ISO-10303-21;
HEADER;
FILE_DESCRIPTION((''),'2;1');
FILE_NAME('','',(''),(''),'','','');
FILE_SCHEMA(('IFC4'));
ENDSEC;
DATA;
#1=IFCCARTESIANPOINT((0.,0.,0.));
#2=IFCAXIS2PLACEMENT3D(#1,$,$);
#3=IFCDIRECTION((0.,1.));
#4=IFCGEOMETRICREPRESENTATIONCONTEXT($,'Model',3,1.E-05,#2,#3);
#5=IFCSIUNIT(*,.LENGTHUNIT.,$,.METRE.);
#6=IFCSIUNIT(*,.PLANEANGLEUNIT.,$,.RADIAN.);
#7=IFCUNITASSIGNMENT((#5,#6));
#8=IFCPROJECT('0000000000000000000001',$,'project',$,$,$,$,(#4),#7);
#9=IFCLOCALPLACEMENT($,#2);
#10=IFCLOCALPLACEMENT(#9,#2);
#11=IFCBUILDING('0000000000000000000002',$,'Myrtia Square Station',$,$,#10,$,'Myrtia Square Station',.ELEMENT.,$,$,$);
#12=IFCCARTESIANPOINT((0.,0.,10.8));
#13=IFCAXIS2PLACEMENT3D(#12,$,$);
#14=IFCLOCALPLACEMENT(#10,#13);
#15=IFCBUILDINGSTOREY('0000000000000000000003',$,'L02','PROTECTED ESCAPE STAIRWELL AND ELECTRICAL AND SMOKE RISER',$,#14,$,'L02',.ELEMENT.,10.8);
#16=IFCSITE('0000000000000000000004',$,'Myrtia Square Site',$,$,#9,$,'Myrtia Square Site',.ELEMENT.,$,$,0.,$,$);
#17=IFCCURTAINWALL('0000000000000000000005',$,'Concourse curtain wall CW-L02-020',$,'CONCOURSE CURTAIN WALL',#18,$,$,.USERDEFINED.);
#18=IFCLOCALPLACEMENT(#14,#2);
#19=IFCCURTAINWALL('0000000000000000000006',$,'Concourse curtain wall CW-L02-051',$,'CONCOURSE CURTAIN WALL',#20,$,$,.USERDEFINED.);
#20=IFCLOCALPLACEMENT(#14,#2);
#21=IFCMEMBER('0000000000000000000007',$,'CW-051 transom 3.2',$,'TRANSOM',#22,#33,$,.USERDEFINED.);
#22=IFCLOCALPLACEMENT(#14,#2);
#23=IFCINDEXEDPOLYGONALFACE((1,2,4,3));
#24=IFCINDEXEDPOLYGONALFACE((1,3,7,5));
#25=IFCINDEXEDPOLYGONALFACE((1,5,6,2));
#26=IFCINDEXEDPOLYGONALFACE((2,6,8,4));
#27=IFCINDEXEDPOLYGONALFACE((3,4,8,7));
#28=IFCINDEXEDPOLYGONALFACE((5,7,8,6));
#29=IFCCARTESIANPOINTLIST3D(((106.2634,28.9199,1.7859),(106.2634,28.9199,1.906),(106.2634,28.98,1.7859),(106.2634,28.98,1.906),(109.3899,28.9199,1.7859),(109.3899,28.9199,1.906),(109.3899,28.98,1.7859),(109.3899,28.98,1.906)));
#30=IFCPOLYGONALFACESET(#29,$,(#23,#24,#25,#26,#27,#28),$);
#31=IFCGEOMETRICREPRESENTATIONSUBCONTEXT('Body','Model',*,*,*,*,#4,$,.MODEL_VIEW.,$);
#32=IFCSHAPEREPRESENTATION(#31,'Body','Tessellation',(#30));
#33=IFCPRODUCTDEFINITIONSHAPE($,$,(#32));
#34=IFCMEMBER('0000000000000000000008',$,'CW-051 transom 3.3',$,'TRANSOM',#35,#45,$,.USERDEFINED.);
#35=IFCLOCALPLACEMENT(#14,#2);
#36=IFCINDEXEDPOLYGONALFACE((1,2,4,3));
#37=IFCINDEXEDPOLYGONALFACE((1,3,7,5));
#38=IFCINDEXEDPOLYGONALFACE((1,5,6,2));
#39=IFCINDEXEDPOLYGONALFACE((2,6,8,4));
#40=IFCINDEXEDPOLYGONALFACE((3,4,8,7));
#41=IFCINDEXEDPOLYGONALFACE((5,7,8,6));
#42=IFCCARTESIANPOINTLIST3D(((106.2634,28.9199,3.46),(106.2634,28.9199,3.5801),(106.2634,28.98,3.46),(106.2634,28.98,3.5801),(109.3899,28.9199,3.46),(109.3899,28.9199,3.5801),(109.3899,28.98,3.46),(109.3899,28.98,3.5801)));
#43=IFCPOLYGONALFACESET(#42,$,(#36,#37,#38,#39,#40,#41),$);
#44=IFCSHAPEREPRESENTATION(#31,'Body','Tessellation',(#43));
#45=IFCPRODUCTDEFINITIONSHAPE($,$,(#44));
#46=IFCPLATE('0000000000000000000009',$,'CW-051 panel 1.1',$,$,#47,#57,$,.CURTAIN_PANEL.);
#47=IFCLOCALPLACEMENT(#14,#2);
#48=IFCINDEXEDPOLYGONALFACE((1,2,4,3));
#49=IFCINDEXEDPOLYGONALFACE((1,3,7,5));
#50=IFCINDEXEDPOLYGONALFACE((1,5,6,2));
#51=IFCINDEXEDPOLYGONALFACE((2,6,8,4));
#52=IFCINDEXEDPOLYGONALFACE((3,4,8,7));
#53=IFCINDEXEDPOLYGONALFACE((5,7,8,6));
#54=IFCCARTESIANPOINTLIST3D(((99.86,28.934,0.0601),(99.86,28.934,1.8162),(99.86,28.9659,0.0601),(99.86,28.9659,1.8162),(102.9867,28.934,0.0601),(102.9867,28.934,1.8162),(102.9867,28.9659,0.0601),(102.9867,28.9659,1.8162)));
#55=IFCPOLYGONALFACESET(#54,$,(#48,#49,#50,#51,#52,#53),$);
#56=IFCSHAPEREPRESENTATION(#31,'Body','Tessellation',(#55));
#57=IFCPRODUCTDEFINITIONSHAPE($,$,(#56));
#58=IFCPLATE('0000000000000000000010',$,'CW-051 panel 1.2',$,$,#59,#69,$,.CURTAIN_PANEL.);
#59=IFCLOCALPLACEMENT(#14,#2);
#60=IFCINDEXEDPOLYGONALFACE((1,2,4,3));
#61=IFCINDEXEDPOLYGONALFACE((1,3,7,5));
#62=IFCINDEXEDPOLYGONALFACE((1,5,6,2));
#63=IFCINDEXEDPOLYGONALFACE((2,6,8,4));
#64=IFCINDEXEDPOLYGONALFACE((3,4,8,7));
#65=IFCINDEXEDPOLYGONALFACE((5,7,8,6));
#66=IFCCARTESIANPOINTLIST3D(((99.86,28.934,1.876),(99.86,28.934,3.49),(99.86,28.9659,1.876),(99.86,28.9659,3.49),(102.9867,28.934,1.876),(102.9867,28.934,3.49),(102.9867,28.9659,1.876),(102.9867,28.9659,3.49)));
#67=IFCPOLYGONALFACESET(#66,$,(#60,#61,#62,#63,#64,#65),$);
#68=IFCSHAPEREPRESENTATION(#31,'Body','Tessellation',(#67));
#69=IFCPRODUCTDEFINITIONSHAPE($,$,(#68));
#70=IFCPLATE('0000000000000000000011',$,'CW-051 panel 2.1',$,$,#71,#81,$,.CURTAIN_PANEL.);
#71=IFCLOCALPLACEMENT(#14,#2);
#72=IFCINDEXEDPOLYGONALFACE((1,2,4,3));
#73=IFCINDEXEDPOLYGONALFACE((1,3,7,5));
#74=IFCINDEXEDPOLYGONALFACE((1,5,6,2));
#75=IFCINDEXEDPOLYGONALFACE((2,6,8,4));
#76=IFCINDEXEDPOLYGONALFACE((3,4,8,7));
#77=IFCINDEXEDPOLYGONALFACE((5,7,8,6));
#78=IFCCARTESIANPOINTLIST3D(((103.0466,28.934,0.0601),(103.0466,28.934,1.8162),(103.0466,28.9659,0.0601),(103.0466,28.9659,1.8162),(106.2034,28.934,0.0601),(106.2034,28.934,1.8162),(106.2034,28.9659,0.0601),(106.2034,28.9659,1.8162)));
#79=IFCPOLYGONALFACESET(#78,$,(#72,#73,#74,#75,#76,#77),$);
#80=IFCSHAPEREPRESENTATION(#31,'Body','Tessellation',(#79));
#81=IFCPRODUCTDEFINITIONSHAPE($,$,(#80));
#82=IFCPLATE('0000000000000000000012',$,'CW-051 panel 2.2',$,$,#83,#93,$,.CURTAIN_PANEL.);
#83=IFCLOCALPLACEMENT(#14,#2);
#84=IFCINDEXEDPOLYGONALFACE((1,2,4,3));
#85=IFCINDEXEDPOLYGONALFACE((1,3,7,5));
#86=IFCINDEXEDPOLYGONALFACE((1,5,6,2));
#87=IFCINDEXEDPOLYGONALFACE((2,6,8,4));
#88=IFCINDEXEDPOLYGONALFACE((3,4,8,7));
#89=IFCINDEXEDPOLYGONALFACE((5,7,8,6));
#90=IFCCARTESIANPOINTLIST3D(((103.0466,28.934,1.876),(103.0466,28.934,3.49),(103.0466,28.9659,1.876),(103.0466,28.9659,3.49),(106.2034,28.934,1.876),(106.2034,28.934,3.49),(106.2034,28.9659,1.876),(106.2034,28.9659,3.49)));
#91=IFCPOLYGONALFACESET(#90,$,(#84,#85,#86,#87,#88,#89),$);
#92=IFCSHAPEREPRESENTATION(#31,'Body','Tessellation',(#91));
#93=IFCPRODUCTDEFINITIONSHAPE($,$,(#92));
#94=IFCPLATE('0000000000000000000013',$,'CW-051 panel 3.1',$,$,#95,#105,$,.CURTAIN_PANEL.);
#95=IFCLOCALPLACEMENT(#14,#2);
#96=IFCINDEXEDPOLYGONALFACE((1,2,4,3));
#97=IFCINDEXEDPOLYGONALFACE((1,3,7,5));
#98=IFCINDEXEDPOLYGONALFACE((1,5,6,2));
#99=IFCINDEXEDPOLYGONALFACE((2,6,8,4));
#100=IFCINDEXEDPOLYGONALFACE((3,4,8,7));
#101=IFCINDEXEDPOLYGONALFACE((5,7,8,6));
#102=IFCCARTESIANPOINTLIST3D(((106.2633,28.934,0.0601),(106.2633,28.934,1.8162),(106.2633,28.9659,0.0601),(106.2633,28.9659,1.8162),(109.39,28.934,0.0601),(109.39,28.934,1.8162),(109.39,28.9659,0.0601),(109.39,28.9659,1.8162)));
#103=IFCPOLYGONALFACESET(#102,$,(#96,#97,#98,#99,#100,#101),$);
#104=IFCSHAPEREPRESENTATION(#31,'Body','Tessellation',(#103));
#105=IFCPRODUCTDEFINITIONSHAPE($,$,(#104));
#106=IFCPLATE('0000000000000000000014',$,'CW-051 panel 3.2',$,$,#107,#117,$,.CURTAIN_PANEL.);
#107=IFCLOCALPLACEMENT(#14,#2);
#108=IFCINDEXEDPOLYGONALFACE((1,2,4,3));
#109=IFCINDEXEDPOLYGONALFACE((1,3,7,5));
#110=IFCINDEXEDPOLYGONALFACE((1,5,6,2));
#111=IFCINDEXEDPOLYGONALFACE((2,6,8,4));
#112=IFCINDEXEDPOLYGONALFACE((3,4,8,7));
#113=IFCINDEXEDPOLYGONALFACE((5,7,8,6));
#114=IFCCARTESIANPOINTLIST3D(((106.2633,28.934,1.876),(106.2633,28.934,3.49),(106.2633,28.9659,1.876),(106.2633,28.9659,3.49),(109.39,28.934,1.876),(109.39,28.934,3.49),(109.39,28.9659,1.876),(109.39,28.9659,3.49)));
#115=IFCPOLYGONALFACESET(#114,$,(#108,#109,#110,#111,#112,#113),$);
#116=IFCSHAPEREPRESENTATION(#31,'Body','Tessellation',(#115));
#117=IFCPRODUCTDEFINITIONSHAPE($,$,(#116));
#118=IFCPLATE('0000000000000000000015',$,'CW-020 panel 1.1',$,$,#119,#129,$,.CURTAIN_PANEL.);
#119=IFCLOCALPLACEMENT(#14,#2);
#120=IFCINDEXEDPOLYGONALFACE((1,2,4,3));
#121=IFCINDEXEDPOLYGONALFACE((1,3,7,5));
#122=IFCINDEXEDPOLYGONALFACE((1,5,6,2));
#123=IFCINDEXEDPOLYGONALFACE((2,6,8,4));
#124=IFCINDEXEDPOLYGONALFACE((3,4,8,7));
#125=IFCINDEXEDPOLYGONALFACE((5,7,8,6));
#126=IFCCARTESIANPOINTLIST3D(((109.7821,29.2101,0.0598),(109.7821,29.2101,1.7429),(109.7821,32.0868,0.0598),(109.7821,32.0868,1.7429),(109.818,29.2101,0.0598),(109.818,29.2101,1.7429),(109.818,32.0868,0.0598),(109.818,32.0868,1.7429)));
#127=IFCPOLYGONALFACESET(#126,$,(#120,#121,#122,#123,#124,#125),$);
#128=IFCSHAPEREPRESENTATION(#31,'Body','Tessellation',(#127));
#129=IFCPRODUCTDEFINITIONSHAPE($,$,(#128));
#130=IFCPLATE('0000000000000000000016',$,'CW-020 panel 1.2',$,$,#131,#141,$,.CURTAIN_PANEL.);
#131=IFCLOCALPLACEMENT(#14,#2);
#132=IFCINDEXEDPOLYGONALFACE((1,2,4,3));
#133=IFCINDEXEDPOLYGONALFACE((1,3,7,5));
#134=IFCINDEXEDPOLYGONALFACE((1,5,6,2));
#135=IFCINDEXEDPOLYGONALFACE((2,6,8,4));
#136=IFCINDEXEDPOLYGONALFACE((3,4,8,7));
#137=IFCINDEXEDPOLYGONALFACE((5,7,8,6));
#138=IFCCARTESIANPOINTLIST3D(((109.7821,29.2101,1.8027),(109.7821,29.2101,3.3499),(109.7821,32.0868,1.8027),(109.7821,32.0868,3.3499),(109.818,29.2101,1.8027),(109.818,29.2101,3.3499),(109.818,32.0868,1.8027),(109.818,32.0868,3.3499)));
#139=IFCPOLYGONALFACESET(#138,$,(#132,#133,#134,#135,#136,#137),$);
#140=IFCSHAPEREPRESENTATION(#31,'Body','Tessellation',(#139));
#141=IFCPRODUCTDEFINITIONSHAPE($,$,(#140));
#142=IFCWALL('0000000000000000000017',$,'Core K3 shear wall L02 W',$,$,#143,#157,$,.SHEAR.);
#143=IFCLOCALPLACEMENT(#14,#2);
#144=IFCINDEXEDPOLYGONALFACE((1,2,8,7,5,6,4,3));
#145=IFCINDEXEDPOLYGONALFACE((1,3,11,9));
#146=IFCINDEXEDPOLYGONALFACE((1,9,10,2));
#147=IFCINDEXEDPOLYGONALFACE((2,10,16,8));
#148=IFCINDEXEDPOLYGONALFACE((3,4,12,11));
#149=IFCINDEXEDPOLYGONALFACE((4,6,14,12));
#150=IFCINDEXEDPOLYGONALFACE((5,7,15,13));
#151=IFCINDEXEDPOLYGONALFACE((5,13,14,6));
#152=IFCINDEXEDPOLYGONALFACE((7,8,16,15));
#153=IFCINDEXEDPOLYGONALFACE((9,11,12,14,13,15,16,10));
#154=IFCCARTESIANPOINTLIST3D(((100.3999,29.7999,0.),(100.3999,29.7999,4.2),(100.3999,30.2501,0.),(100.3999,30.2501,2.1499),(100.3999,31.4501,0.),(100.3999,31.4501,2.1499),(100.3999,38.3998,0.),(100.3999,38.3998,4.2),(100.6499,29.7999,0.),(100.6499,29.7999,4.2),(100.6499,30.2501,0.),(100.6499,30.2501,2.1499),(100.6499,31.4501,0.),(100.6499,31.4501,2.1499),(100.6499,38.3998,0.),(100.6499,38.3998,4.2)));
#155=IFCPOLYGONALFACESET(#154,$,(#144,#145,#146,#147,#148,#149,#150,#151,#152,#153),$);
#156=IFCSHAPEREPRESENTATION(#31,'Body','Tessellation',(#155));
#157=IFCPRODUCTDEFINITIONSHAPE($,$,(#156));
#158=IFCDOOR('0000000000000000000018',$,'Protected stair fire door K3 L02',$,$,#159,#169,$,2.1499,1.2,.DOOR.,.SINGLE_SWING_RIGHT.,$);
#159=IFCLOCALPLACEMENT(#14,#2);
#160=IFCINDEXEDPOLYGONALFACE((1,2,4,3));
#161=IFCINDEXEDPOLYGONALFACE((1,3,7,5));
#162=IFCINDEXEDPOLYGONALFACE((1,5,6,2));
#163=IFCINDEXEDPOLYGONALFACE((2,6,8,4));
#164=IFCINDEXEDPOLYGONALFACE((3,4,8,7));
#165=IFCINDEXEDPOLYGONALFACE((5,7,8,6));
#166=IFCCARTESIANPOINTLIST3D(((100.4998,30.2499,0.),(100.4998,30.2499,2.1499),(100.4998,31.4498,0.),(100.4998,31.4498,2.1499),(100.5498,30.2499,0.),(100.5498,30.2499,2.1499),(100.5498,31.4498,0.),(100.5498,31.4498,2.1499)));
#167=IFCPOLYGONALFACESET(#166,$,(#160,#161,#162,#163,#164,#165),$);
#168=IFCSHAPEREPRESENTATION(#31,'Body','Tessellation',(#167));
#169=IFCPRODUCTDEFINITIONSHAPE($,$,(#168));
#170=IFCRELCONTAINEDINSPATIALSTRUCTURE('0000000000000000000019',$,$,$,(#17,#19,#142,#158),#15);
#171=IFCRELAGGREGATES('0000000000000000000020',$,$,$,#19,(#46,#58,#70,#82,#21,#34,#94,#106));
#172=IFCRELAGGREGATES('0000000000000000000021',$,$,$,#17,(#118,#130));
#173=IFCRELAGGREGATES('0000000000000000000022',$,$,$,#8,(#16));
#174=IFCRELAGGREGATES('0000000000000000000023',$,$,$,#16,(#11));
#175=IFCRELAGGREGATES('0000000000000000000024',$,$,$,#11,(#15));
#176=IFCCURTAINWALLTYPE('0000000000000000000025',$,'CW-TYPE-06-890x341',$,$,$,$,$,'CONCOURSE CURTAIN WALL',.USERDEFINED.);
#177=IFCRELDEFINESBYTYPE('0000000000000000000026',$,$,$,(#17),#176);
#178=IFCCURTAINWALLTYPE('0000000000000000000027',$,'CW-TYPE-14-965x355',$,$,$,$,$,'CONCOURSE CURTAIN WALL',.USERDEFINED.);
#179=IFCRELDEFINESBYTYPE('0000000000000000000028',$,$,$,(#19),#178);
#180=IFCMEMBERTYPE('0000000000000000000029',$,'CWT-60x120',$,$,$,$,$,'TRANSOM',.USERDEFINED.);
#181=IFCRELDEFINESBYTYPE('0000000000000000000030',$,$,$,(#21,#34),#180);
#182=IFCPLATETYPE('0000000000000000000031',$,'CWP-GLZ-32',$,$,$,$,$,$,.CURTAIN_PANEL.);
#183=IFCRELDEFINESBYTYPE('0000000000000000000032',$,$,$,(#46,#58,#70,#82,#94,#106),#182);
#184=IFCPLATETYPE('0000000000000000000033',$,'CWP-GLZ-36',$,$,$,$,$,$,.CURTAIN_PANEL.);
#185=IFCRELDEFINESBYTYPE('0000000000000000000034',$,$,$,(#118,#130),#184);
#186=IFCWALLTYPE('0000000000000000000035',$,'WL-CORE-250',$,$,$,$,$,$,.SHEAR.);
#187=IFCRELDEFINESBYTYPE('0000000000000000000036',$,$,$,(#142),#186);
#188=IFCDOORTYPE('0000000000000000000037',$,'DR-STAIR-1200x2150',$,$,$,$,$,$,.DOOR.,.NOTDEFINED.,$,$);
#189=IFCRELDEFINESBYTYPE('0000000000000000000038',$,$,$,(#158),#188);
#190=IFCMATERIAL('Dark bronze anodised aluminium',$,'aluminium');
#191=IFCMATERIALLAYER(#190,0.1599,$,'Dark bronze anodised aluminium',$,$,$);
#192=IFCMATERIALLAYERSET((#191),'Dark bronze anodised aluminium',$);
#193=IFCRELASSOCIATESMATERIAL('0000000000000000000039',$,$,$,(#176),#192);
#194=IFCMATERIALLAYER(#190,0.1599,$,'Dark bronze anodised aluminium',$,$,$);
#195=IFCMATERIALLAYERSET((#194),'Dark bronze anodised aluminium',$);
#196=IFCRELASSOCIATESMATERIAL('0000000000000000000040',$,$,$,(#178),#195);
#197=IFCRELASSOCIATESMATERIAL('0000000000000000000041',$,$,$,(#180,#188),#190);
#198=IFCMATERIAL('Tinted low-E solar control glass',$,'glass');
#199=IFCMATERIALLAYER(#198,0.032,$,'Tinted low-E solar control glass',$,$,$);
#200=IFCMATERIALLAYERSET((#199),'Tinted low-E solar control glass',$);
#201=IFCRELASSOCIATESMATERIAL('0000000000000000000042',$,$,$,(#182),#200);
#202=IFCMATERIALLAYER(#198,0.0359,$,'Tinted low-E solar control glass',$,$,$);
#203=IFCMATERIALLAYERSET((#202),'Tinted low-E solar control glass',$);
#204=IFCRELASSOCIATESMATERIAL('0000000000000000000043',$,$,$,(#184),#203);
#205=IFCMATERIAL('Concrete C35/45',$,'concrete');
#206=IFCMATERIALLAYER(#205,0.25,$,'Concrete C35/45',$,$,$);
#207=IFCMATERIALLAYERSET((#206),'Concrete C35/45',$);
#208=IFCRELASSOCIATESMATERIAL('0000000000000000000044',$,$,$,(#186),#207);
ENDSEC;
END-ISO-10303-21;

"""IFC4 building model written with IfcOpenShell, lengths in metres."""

from ifc_helpers import new_model, si_unit, direction, frame, frame_2d, origin, origin_2d, place, context, subcontext, project, spatial, rectangle, extrude, material, layer, layer_set, material_profile, profile_set, type_object, element, fill, aggregate, save


model = new_model("IFC4")

# Units and contexts
model_context = context("Model", 3, precision=1e-05, world=origin(), true_north=direction((0.0, 1.0)))
body_context = subcontext(model_context, "Body", "Model", "MODEL_VIEW")
ifc_project = project(units=[si_unit("LENGTHUNIT", "METRE"), si_unit("PLANEANGLEUNIT", "RADIAN")], contexts=[model_context])

# Site, building, storey
site_placement = place(None, origin())
site = spatial("IfcSite", under=ifc_project, at=site_placement, Name="Myrtia Square Site", LongName="Myrtia Square Site", CompositionType="ELEMENT", RefElevation=0.0)
building_placement = place(site_placement, origin())
building = spatial("IfcBuilding", under=site, at=building_placement, Name="Myrtia Square Station", LongName="Myrtia Square Station", CompositionType="ELEMENT")
storey_placement = place(building_placement, frame((0.0, 0.0, 10.8)))
storey = spatial("IfcBuildingStorey", under=building, at=storey_placement, Name="L02", Description="PROTECTED ESCAPE STAIRWELL AND ELECTRICAL AND SMOKE RISER", LongName="L02", CompositionType="ELEMENT", Elevation=10.8)

# Curtain wall
ifc_material_1 = material(Name="Dark bronze anodised aluminium", Category="aluminium")
ifc_layer_1 = layer(ifc_material_1, 0.1599, Name="Dark bronze anodised aluminium")
ifc_layer_set_1 = layer_set([ifc_layer_1], Name="Dark bronze anodised aluminium")
curtain_wall_type_1 = type_object("IfcCurtainWallType", Name="CW-TYPE-06-890x341", ElementType="CONCOURSE CURTAIN WALL", PredefinedType="USERDEFINED", material=ifc_layer_set_1)
curtain_wall_1_placement = place(storey_placement, origin())
curtain_wall_1 = element("IfcCurtainWall", 1, at=curtain_wall_1_placement, inside=storey, type_object=curtain_wall_type_1, Name="Concourse curtain wall CW-L02-020", ObjectType="CONCOURSE CURTAIN WALL", PredefinedType="USERDEFINED")

# Curtain wall
ifc_layer_2 = layer(ifc_material_1, 0.1599, Name="Dark bronze anodised aluminium")
ifc_layer_set_2 = layer_set([ifc_layer_2], Name="Dark bronze anodised aluminium")
curtain_wall_type_2 = type_object("IfcCurtainWallType", Name="CW-TYPE-14-965x355", ElementType="CONCOURSE CURTAIN WALL", PredefinedType="USERDEFINED", material=ifc_layer_set_2)
curtain_wall_2_placement = place(storey_placement, origin())
curtain_wall_2 = element("IfcCurtainWall", 2, at=curtain_wall_2_placement, inside=storey, type_object=curtain_wall_type_2, Name="Concourse curtain wall CW-L02-051", ObjectType="CONCOURSE CURTAIN WALL", PredefinedType="USERDEFINED")

# Members
ifc_material_profile_1 = material_profile(ifc_material_1, rectangle(XDim=0.0601, YDim=0.1201, at=origin_2d()), Name="ALU-T 60x120")
ifc_profile_set_1 = profile_set([ifc_material_profile_1], Name="Dark bronze anodised aluminium")
member_type_1 = type_object("IfcMemberType", Name="CWT-60x120", ElementType="TRANSOM", PredefinedType="USERDEFINED", material=ifc_profile_set_1)
member_1_placement = place(storey_placement, frame((106.2634, 28.95, 1.8459), z_axis=(1.0, 0.0, 0.0), x_axis=(0.0, 1.0, 0.0)))
member_1 = element("IfcMember", 3, at=member_1_placement, type_object=member_type_1, Name="CW-051 transom 3.2", ObjectType="TRANSOM", PredefinedType="USERDEFINED", context=body_context, shape_type="SweptSolid", body=[
    extrude(rectangle(XDim=0.0601, YDim=0.1201, at=origin_2d()), origin(), (0.0, 0.0, 1.0), 3.1265),
])
member_2_placement = place(storey_placement, frame((106.2634, 28.95, 3.52), z_axis=(1.0, 0.0, 0.0), x_axis=(0.0, 1.0, 0.0)))
member_2 = element("IfcMember", 4, at=member_2_placement, type_object=member_type_1, Name="CW-051 transom 3.3", ObjectType="TRANSOM", PredefinedType="USERDEFINED", context=body_context, shape_type="SweptSolid", body=[
    extrude(rectangle(XDim=0.0601, YDim=0.1201, at=origin_2d()), origin(), (0.0, 0.0, 1.0), 3.1265),
])

# Plates
ifc_material_2 = material(Name="Tinted low-E solar control glass", Category="glass")
ifc_layer_3 = layer(ifc_material_2, 0.032, Name="Tinted low-E solar control glass")
ifc_layer_set_3 = layer_set([ifc_layer_3], Name="Tinted low-E solar control glass")
plate_type_1 = type_object("IfcPlateType", Name="CWP-GLZ-32", PredefinedType="CURTAIN_PANEL", material=ifc_layer_set_3)
plate_1_placement = place(storey_placement, frame((101.4233, 28.95, 0.0601), z_axis=(0.0, 0.0, 1.0), x_axis=(1.0, 0.0, 0.0)))
plate_1 = element("IfcPlate", 5, at=plate_1_placement, type_object=plate_type_1, Name="CW-051 panel 1.1", PredefinedType="CURTAIN_PANEL", context=body_context, shape_type="SweptSolid", body=[
    extrude(rectangle(XDim=3.1267, YDim=0.032, at=origin_2d()), origin(), (0.0, 0.0, 1.0), 1.7561),
])
plate_2_placement = place(storey_placement, frame((101.4233, 28.95, 1.876), z_axis=(0.0, 0.0, 1.0), x_axis=(1.0, 0.0, 0.0)))
plate_2 = element("IfcPlate", 6, at=plate_2_placement, type_object=plate_type_1, Name="CW-051 panel 1.2", PredefinedType="CURTAIN_PANEL", context=body_context, shape_type="SweptSolid", body=[
    extrude(rectangle(XDim=3.1267, YDim=0.032, at=origin_2d()), origin(), (0.0, 0.0, 1.0), 1.614),
])
plate_3_placement = place(storey_placement, frame((104.625, 28.95, 0.0601), z_axis=(0.0, 0.0, 1.0), x_axis=(1.0, 0.0, 0.0)))
plate_3 = element("IfcPlate", 7, at=plate_3_placement, type_object=plate_type_1, Name="CW-051 panel 2.1", PredefinedType="CURTAIN_PANEL", context=body_context, shape_type="SweptSolid", body=[
    extrude(rectangle(XDim=3.1567, YDim=0.032, at=origin_2d()), origin(), (0.0, 0.0, 1.0), 1.7561),
])
plate_4_placement = place(storey_placement, frame((104.625, 28.95, 1.876), z_axis=(0.0, 0.0, 1.0), x_axis=(1.0, 0.0, 0.0)))
plate_4 = element("IfcPlate", 8, at=plate_4_placement, type_object=plate_type_1, Name="CW-051 panel 2.2", PredefinedType="CURTAIN_PANEL", context=body_context, shape_type="SweptSolid", body=[
    extrude(rectangle(XDim=3.1567, YDim=0.032, at=origin_2d()), origin(), (0.0, 0.0, 1.0), 1.614),
])
plate_5_placement = place(storey_placement, frame((107.8267, 28.95, 0.0601), z_axis=(0.0, 0.0, 1.0), x_axis=(1.0, 0.0, 0.0)))
plate_5 = element("IfcPlate", 9, at=plate_5_placement, type_object=plate_type_1, Name="CW-051 panel 3.1", PredefinedType="CURTAIN_PANEL", context=body_context, shape_type="SweptSolid", body=[
    extrude(rectangle(XDim=3.1267, YDim=0.032, at=origin_2d()), origin(), (0.0, 0.0, 1.0), 1.7561),
])
plate_6_placement = place(storey_placement, frame((107.8267, 28.95, 1.876), z_axis=(0.0, 0.0, 1.0), x_axis=(1.0, 0.0, 0.0)))
plate_6 = element("IfcPlate", 10, at=plate_6_placement, type_object=plate_type_1, Name="CW-051 panel 3.2", PredefinedType="CURTAIN_PANEL", context=body_context, shape_type="SweptSolid", body=[
    extrude(rectangle(XDim=3.1267, YDim=0.032, at=origin_2d()), origin(), (0.0, 0.0, 1.0), 1.614),
])
aggregate(curtain_wall_2, [plate_1, plate_2, plate_3, plate_4, member_1, member_2, plate_5, plate_6])
ifc_layer_4 = layer(ifc_material_2, 0.0359, Name="Tinted low-E solar control glass")
ifc_layer_set_4 = layer_set([ifc_layer_4], Name="Tinted low-E solar control glass")
plate_type_2 = type_object("IfcPlateType", Name="CWP-GLZ-36", PredefinedType="CURTAIN_PANEL", material=ifc_layer_set_4)
plate_7_placement = place(storey_placement, frame((109.8, 30.6484, 0.0598), z_axis=(0.0, 0.0, 1.0), x_axis=(0.0, 1.0, 0.0)))
plate_7 = element("IfcPlate", 11, at=plate_7_placement, type_object=plate_type_2, Name="CW-020 panel 1.1", PredefinedType="CURTAIN_PANEL", context=body_context, shape_type="SweptSolid", body=[
    extrude(rectangle(XDim=2.8767, YDim=0.0359, at=origin_2d()), origin(), (0.0, 0.0, 1.0), 1.6831),
])
plate_8_placement = place(storey_placement, frame((109.8, 30.6484, 1.8027), z_axis=(0.0, 0.0, 1.0), x_axis=(0.0, 1.0, 0.0)))
plate_8 = element("IfcPlate", 12, at=plate_8_placement, type_object=plate_type_2, Name="CW-020 panel 1.2", PredefinedType="CURTAIN_PANEL", context=body_context, shape_type="SweptSolid", body=[
    extrude(rectangle(XDim=2.8767, YDim=0.0359, at=origin_2d()), origin(), (0.0, 0.0, 1.0), 1.5471),
])
aggregate(curtain_wall_1, [plate_7, plate_8])

# Wall, opening, door
ifc_material_3 = material(Name="Concrete C35/45", Category="concrete")
ifc_layer_5 = layer(ifc_material_3, 0.25, Name="Concrete C35/45")
ifc_layer_set_5 = layer_set([ifc_layer_5], Name="Concrete C35/45")
wall_type = type_object("IfcWallType", Name="WL-CORE-250", PredefinedType="SHEAR", material=ifc_layer_set_5)
wall_1_placement = place(storey_placement, frame((100.5249, 29.8, 0.0), z_axis=(0.0, 0.0, 1.0), x_axis=(0.0, 1.0, 0.0)))
wall_1 = element("IfcWall", 13, at=wall_1_placement, inside=storey, type_object=wall_type, Name="Core K3 shear wall L02 W", PredefinedType="SHEAR", context=body_context, shape_type="SweptSolid", body=[
    extrude(rectangle(XDim=8.5999, YDim=0.25, at=frame_2d((4.2998, 0.0))), origin(), (0.0, 0.0, 1.0), 4.2),
])
opening_1_placement = place(wall_1_placement, frame((0.45, 0.0, 0.0)))
opening_1 = element("IfcOpeningElement", 14, at=opening_1_placement, cuts=wall_1, PredefinedType="OPENING", context=body_context, shape_type="SweptSolid", body=[
    extrude(rectangle(XDim=1.2, YDim=2.1499, at=frame_2d((0.6001, 1.075))), frame((0.0, 0.1399, 0.0), z_axis=(0.0, -1.0, 0.0), x_axis=(1.0, 0.0, 0.0)), (0.0, 0.0, 1.0), 0.28),
])
door_type_1 = type_object("IfcDoorType", Name="DR-STAIR-1200x2150", OperationType="NOTDEFINED", PredefinedType="DOOR", material=ifc_material_1)
door_1_placement = place(opening_1_placement, frame((1.2, 0.0, 0.0), z_axis=(0.0, 0.0, 1.0), x_axis=(-1.0, 0.0, 0.0)))
door_1 = element("IfcDoor", 15, at=door_1_placement, inside=storey, type_object=door_type_1, Name="Protected stair fire door K3 L02", OperationType="SINGLE_SWING_RIGHT", OverallHeight=2.1499, OverallWidth=1.2, PredefinedType="DOOR", context=body_context, shape_type="SweptSolid", body=[
    extrude(rectangle(XDim=1.2, YDim=2.1499, at=frame_2d((0.6001, 1.075))), frame((0.0, 0.0249, 0.0), z_axis=(0.0, -1.0, 0.0), x_axis=(1.0, 0.0, 0.0)), (0.0, 0.0, 1.0), 0.05),
])
fill(opening_1, door_1)

save(model, "model.ifc")
